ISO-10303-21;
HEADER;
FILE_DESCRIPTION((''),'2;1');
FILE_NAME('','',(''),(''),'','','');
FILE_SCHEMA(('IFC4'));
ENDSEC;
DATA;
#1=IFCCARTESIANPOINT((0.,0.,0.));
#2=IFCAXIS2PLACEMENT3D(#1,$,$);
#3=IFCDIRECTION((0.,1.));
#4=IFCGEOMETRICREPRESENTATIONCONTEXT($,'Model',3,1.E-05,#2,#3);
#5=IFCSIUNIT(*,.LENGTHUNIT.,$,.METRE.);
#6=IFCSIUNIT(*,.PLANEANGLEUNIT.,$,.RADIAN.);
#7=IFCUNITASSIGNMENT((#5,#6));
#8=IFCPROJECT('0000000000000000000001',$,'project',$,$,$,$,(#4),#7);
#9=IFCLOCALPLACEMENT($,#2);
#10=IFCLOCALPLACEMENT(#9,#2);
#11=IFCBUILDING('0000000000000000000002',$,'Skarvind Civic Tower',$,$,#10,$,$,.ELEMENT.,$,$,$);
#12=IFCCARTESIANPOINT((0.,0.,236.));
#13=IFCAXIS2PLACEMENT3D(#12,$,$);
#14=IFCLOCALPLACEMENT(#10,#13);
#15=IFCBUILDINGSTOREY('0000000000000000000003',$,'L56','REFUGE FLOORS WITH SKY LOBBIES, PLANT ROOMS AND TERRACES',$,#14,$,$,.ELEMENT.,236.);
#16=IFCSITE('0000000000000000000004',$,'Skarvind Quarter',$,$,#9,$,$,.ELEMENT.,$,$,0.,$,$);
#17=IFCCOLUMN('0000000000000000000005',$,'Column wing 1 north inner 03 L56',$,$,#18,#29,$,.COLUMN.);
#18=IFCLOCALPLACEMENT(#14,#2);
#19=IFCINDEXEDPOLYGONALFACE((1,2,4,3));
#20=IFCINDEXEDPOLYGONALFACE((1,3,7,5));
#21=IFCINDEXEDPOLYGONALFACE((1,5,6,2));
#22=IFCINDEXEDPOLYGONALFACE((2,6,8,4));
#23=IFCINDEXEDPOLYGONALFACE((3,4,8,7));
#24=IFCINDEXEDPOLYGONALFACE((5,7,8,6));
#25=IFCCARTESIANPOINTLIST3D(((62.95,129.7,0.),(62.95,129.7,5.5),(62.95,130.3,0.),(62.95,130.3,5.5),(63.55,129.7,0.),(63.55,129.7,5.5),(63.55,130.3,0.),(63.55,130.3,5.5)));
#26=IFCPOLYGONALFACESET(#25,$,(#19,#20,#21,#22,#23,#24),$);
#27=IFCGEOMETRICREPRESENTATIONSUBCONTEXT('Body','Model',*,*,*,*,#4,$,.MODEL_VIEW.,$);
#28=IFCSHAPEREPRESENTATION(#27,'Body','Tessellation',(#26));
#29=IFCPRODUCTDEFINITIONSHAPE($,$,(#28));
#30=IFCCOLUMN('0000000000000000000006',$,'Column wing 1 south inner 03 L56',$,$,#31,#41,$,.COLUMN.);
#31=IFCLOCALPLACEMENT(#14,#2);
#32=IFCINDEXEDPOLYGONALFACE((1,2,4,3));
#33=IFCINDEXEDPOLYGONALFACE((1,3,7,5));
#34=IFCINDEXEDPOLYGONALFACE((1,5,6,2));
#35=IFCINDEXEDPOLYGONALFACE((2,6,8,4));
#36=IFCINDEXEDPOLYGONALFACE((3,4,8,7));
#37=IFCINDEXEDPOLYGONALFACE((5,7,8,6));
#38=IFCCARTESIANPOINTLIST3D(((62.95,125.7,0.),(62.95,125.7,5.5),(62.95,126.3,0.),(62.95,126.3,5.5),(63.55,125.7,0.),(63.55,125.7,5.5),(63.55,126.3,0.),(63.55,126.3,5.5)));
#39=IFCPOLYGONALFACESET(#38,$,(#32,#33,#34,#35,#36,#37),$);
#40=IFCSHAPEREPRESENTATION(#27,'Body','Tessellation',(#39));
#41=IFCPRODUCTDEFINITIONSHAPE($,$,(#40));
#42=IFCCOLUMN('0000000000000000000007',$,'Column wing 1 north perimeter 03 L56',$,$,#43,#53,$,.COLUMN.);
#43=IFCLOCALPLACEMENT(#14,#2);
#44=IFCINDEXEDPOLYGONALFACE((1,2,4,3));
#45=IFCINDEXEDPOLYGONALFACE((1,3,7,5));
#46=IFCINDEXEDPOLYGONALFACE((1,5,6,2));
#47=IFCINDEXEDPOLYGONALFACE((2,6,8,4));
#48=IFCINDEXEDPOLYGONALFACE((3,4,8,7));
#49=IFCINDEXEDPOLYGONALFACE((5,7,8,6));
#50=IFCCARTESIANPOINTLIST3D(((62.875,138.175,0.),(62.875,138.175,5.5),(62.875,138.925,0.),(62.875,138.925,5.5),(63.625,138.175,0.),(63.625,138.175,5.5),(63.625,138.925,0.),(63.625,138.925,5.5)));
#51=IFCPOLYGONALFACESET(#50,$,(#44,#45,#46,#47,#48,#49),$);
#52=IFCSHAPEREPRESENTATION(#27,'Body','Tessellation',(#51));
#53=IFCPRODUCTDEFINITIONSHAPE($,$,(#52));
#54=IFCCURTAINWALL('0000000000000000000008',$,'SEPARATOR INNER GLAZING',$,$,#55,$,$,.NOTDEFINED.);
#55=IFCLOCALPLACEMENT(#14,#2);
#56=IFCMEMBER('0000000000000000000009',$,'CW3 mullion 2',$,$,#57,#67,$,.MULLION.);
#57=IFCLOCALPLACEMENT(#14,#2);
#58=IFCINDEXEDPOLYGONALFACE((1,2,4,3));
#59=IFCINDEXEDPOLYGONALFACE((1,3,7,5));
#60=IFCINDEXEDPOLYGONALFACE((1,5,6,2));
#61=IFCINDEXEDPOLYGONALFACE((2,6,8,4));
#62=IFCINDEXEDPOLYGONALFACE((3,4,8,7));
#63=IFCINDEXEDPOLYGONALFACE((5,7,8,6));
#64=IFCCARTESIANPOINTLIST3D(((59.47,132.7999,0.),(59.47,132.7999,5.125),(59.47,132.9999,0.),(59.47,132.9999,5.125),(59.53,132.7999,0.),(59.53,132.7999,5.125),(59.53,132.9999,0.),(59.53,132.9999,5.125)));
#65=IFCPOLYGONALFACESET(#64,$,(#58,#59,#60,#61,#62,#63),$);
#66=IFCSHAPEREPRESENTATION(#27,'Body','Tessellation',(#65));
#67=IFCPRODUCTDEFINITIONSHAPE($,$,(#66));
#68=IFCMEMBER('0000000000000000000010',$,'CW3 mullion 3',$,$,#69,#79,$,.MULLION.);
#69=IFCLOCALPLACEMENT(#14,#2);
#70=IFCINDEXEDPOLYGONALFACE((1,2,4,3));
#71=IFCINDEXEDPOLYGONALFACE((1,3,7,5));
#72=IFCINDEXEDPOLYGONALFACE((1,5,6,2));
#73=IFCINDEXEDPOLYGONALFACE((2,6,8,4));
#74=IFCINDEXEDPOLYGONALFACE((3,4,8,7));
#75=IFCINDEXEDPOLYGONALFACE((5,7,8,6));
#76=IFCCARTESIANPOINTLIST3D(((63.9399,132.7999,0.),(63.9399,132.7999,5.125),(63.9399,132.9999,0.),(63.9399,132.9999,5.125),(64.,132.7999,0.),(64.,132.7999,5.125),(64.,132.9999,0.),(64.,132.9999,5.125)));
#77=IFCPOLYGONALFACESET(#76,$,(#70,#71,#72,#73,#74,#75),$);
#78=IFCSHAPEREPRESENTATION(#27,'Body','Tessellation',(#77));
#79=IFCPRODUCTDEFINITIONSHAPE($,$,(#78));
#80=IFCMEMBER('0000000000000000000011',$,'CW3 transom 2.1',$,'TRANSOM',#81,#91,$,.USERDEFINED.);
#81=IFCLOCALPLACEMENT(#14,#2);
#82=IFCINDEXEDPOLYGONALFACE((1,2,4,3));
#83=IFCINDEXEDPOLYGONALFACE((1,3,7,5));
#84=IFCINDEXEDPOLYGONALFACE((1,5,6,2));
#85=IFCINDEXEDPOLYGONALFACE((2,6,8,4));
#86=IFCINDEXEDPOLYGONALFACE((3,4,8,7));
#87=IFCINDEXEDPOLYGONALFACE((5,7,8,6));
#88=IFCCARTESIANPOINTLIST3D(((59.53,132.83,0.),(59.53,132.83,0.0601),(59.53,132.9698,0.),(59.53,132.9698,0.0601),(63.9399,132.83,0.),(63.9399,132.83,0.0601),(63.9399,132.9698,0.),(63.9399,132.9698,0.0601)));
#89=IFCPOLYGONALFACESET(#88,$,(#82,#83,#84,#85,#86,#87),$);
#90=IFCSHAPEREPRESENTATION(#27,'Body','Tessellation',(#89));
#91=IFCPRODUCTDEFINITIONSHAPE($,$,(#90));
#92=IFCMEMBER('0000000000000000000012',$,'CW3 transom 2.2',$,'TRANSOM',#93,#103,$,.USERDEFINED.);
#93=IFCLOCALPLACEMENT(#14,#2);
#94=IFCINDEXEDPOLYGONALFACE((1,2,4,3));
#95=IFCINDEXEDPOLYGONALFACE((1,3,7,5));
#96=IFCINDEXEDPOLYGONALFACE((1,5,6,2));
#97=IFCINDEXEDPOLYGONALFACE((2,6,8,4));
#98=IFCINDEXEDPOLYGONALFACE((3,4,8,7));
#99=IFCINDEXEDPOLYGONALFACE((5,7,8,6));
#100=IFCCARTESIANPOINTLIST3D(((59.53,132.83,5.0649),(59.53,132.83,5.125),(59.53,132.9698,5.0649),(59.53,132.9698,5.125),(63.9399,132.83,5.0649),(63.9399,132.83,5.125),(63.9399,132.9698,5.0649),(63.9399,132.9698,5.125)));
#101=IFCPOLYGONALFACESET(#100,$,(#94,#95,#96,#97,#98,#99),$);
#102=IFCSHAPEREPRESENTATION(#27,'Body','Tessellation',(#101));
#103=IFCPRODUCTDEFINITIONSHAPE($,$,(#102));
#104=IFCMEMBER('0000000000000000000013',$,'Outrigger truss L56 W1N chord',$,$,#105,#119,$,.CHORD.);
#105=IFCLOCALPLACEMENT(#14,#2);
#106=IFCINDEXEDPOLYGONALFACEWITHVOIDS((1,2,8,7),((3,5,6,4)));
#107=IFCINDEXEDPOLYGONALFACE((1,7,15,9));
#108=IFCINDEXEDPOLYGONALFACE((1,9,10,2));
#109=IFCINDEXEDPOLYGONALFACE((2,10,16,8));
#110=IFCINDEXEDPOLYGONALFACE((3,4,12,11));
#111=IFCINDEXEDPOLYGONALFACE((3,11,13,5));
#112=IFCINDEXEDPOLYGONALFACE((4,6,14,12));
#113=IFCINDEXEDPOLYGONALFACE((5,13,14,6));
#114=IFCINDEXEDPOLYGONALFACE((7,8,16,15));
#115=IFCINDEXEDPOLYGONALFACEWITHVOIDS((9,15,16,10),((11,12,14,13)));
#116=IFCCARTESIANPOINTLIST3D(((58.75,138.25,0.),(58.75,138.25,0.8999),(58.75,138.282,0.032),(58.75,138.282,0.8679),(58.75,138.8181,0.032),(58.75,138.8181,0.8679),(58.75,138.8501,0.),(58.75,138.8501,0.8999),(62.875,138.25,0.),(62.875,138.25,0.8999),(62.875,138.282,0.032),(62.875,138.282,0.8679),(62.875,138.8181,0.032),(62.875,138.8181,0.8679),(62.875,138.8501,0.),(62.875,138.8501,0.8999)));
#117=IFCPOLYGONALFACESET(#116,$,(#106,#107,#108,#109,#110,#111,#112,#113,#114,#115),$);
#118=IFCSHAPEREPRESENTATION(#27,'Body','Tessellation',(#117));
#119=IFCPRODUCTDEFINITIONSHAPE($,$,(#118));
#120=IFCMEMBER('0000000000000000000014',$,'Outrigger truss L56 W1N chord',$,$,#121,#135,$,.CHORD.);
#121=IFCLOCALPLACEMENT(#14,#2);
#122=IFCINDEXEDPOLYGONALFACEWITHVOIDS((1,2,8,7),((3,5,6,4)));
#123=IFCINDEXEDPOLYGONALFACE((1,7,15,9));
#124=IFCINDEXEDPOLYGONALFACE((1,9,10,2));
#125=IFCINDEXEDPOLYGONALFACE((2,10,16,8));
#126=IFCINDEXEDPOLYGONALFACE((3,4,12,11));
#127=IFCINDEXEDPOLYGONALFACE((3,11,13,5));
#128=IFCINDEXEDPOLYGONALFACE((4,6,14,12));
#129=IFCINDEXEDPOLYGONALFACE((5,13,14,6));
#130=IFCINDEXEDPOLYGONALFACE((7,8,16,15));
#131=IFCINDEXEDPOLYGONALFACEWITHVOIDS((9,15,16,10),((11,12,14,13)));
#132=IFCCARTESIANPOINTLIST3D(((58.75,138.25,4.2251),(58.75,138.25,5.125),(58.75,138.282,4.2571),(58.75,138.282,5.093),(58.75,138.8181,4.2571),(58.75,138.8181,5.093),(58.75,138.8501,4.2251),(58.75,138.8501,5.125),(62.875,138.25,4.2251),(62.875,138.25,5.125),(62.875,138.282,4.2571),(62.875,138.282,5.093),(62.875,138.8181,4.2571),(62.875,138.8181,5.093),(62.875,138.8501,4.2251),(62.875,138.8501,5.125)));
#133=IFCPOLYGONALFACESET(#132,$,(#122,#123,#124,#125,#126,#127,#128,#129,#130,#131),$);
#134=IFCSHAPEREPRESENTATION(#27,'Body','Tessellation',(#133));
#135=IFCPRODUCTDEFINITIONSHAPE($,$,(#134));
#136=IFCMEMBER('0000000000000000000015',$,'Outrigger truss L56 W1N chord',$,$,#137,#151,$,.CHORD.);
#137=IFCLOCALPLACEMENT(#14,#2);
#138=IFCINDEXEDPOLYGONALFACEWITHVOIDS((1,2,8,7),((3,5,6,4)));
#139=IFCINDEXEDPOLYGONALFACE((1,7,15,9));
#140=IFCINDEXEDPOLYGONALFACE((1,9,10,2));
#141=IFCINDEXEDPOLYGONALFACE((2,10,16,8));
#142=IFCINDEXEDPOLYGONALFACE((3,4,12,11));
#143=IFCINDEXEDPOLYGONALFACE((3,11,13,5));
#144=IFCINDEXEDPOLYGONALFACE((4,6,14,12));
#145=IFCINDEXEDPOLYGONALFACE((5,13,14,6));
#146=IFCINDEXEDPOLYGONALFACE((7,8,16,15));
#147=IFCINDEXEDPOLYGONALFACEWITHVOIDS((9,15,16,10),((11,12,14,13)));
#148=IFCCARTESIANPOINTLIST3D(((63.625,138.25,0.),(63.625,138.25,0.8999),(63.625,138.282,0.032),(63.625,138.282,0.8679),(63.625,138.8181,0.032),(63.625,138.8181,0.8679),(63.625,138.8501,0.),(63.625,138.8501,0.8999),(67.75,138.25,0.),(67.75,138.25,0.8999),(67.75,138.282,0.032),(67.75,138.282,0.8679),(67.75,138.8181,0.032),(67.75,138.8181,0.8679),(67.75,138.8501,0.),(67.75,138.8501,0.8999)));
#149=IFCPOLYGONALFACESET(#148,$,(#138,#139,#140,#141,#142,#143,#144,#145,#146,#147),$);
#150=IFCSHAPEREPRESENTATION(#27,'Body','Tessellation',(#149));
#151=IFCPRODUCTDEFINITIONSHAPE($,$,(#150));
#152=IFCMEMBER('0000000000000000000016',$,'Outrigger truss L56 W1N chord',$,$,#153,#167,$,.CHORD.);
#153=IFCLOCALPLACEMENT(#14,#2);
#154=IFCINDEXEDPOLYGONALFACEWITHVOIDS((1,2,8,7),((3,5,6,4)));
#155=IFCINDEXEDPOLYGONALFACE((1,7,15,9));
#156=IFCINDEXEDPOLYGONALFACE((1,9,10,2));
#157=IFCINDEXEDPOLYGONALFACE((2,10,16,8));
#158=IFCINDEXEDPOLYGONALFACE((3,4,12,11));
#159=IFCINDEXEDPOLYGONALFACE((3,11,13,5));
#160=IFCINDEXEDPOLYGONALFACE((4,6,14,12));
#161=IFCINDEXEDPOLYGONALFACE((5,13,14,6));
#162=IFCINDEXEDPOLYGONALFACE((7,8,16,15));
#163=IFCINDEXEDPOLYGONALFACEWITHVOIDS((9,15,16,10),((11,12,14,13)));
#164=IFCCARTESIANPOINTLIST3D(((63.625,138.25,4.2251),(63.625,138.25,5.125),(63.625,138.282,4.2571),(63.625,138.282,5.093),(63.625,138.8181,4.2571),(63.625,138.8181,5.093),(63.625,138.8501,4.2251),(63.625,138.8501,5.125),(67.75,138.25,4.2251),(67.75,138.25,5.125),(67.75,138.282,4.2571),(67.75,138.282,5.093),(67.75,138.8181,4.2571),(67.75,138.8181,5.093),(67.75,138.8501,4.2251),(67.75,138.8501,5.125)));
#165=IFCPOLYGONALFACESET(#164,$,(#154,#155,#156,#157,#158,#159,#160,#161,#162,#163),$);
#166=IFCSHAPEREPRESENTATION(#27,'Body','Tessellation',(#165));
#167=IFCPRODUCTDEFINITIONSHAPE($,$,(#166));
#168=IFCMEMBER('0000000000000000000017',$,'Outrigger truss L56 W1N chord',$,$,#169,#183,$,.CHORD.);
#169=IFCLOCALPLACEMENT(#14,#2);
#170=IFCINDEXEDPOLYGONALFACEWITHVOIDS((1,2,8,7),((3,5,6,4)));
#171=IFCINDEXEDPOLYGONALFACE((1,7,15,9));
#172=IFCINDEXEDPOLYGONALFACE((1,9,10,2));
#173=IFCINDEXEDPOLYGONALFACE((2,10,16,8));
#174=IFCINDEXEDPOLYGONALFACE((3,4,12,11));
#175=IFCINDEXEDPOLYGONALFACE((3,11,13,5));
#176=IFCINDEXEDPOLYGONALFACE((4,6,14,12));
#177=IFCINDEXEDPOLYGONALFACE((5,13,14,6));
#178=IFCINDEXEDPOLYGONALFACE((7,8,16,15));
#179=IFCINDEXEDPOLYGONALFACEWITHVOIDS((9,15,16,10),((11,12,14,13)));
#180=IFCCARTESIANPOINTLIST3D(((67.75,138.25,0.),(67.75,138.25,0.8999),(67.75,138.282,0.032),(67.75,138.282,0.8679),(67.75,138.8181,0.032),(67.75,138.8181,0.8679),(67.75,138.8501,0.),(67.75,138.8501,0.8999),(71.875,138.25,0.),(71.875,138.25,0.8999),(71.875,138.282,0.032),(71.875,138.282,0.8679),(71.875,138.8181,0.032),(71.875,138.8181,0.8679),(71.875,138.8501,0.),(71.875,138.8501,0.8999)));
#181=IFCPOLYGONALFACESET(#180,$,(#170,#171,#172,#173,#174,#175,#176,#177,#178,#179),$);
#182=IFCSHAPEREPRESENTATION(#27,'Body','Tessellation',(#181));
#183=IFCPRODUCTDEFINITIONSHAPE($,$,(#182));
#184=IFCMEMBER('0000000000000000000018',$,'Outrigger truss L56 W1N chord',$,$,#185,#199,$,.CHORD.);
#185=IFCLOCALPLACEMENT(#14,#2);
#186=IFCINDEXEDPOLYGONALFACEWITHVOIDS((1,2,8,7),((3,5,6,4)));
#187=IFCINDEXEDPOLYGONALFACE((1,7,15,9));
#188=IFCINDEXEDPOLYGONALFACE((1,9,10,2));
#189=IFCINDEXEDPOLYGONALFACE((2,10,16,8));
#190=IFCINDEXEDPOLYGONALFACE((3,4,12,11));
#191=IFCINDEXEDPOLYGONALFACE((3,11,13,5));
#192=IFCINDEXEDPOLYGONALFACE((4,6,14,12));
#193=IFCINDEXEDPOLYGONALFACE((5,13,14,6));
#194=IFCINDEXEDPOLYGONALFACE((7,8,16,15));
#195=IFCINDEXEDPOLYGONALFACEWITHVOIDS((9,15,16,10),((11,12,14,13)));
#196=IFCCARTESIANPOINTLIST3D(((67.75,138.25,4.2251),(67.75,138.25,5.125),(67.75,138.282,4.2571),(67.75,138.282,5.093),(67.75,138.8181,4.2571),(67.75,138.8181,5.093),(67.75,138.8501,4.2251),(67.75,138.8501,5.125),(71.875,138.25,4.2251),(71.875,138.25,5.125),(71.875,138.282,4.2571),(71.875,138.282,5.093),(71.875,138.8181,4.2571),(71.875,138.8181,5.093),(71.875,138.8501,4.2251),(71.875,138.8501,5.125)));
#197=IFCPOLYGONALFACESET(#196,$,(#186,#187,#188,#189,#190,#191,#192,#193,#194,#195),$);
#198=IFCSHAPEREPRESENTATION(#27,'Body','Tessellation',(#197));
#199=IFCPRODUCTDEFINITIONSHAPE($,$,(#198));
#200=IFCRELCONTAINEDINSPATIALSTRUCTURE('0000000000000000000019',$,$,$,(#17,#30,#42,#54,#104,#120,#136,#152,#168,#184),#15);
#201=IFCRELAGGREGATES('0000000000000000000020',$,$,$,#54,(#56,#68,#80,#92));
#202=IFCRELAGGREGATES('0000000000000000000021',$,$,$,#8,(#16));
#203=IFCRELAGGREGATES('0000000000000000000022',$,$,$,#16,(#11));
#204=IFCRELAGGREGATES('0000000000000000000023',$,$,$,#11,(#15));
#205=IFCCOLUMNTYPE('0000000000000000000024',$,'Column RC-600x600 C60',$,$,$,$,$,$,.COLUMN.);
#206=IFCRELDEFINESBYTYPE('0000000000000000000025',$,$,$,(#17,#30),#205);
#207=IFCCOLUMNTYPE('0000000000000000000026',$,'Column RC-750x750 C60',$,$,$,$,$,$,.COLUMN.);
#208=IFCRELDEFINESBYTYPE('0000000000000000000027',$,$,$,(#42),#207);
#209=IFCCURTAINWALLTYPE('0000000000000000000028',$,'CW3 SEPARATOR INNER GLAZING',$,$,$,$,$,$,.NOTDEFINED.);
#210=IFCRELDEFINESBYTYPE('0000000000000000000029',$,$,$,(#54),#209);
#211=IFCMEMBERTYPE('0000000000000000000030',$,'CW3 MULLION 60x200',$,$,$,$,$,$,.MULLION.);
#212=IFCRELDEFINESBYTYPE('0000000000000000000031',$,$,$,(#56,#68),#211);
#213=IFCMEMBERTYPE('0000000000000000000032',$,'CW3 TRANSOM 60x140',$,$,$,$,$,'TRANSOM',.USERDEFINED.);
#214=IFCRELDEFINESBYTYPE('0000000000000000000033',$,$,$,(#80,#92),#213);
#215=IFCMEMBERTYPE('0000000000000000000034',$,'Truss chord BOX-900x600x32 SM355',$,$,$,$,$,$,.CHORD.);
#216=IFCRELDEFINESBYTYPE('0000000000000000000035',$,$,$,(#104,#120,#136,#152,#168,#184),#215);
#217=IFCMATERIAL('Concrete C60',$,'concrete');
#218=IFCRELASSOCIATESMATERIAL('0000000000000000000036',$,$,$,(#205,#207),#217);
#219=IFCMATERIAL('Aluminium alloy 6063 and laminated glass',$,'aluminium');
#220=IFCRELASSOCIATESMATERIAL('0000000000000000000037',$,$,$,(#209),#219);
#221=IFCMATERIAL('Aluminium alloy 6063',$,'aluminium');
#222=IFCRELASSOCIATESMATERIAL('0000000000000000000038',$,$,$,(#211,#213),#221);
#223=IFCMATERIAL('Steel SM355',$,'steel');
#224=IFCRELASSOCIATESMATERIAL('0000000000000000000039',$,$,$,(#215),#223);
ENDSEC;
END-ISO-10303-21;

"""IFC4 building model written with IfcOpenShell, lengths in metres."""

from ifc_helpers import new_model, si_unit, direction, frame, origin, origin_2d, place, context, subcontext, project, spatial, rectangle, hollow_rectangle, extrude, material, material_profile, profile_set, type_object, element, aggregate, save


model = new_model("IFC4")

# Units and contexts
model_context = context("Model", 3, precision=1e-05, world=origin(), true_north=direction((0.0, 1.0)))
body_context = subcontext(model_context, "Body", "Model", "MODEL_VIEW")
ifc_project = project(units=[si_unit("LENGTHUNIT", "METRE"), si_unit("PLANEANGLEUNIT", "RADIAN")], contexts=[model_context])

# Site, building, storey
site_placement = place(None, origin())
site = spatial("IfcSite", under=ifc_project, at=site_placement, Name="Skarvind Quarter", CompositionType="ELEMENT", RefElevation=0.0)
building_placement = place(site_placement, origin())
building = spatial("IfcBuilding", under=site, at=building_placement, Name="Skarvind Civic Tower", CompositionType="ELEMENT")
storey_placement = place(building_placement, frame((0.0, 0.0, 236.0)))
storey = spatial("IfcBuildingStorey", under=building, at=storey_placement, Name="L56", Description="REFUGE FLOORS WITH SKY LOBBIES, PLANT ROOMS AND TERRACES", CompositionType="ELEMENT", Elevation=236.0)

# Columns
ifc_material_1 = material(Name="Concrete C60", Category="concrete")
ifc_material_profile_1 = material_profile(ifc_material_1, rectangle(XDim=0.6001, YDim=0.6001, at=origin_2d()), Name="RC-600x600")
ifc_profile_set_1 = profile_set([ifc_material_profile_1], Name="Concrete C60")
column_type_1 = type_object("IfcColumnType", Name="Column RC-600x600 C60", PredefinedType="COLUMN", material=ifc_profile_set_1)
for number, where, z_axis, x_axis, name in (
    (1, (63.25, 130.0, 0.0), (0.0, 0.0, 1.0), (1.0, 0.0, 0.0), "Column wing 1 north inner 03 L56"),
    (2, (63.25, 126.0, 0.0), (0.0, 0.0, 1.0), (1.0, 0.0, 0.0), "Column wing 1 south inner 03 L56"),
):
    element("IfcColumn", number, at=place(storey_placement, frame(where, z_axis=z_axis, x_axis=x_axis)), inside=storey, type_object=column_type_1, Name=name, PredefinedType="COLUMN", context=body_context, shape_type="SweptSolid", body=[
        extrude(rectangle(XDim=0.6001, YDim=0.6001, at=origin_2d()), origin(), (0.0, 0.0, 1.0), 5.5),
    ])
ifc_material_profile_2 = material_profile(ifc_material_1, rectangle(XDim=0.75, YDim=0.75, at=origin_2d()), Name="RC-750x750")
ifc_profile_set_2 = profile_set([ifc_material_profile_2], Name="Concrete C60")
column_type_2 = type_object("IfcColumnType", Name="Column RC-750x750 C60", PredefinedType="COLUMN", material=ifc_profile_set_2)
column_placement = place(storey_placement, frame((63.25, 138.55, 0.0), z_axis=(0.0, 0.0, 1.0), x_axis=(1.0, 0.0, 0.0)))
element("IfcColumn", 3, at=column_placement, inside=storey, type_object=column_type_2, Name="Column wing 1 north perimeter 03 L56", PredefinedType="COLUMN", context=body_context, shape_type="SweptSolid", body=[
    extrude(rectangle(XDim=0.75, YDim=0.75, at=origin_2d()), origin(), (0.0, 0.0, 1.0), 5.5),
])

# Curtain wall, members
ifc_material_2 = material(Name="Aluminium alloy 6063 and laminated glass", Category="aluminium")
curtain_wall_type = type_object("IfcCurtainWallType", Name="CW3 SEPARATOR INNER GLAZING", PredefinedType="NOTDEFINED", material=ifc_material_2)
curtain_wall_placement = place(storey_placement, origin())
curtain_wall = element("IfcCurtainWall", 4, at=curtain_wall_placement, inside=storey, type_object=curtain_wall_type, Name="SEPARATOR INNER GLAZING", PredefinedType="NOTDEFINED")
ifc_material_3 = material(Name="Aluminium alloy 6063", Category="aluminium")
ifc_material_profile_3 = material_profile(ifc_material_3, rectangle(XDim=0.2, YDim=0.0601, at=origin_2d()), Name="AL 60x200")
ifc_profile_set_3 = profile_set([ifc_material_profile_3], Name="Aluminium alloy 6063")
member_type_1 = type_object("IfcMemberType", Name="CW3 MULLION 60x200", PredefinedType="MULLION", material=ifc_profile_set_3)
member_1_placement = place(storey_placement, frame((59.5, 132.8999, 0.0), z_axis=(0.0, 0.0, 1.0), x_axis=(0.0, 1.0, 0.0)))
member_1 = element("IfcMember", 5, at=member_1_placement, type_object=member_type_1, Name="CW3 mullion 2", PredefinedType="MULLION", context=body_context, shape_type="SweptSolid", body=[
    extrude(rectangle(XDim=0.2, YDim=0.0601, at=origin_2d()), origin(), (0.0, 0.0, 1.0), 5.125),
])
member_2_placement = place(storey_placement, frame((63.97, 132.8999, 0.0), z_axis=(0.0, 0.0, 1.0), x_axis=(0.0, 1.0, 0.0)))
member_2 = element("IfcMember", 6, at=member_2_placement, type_object=member_type_1, Name="CW3 mullion 3", PredefinedType="MULLION", context=body_context, shape_type="SweptSolid", body=[
    extrude(rectangle(XDim=0.2, YDim=0.0601, at=origin_2d()), origin(), (0.0, 0.0, 1.0), 5.125),
])
ifc_material_profile_4 = material_profile(ifc_material_3, rectangle(XDim=0.1399, YDim=0.0601, at=origin_2d()), Name="AL 60x140")
ifc_profile_set_4 = profile_set([ifc_material_profile_4], Name="Aluminium alloy 6063")
member_type_2 = type_object("IfcMemberType", Name="CW3 TRANSOM 60x140", ElementType="TRANSOM", PredefinedType="USERDEFINED", material=ifc_profile_set_4)
member_3_placement = place(storey_placement, frame((59.53, 132.8999, 0.03), z_axis=(1.0, 0.0, 0.0), x_axis=(0.0, 1.0, 0.0)))
member_3 = element("IfcMember", 7, at=member_3_placement, type_object=member_type_2, Name="CW3 transom 2.1", ObjectType="TRANSOM", PredefinedType="USERDEFINED", context=body_context, shape_type="SweptSolid", body=[
    extrude(rectangle(XDim=0.1399, YDim=0.0601, at=origin_2d()), origin(), (0.0, 0.0, 1.0), 4.4099),
])
member_4_placement = place(storey_placement, frame((59.53, 132.8999, 5.095), z_axis=(1.0, 0.0, 0.0), x_axis=(0.0, 1.0, 0.0)))
member_4 = element("IfcMember", 8, at=member_4_placement, type_object=member_type_2, Name="CW3 transom 2.2", ObjectType="TRANSOM", PredefinedType="USERDEFINED", context=body_context, shape_type="SweptSolid", body=[
    extrude(rectangle(XDim=0.1399, YDim=0.0601, at=origin_2d()), origin(), (0.0, 0.0, 1.0), 4.4099),
])

# Members
ifc_material_4 = material(Name="Steel SM355", Category="steel")
ifc_material_profile_5 = material_profile(ifc_material_4, hollow_rectangle(XDim=0.6001, YDim=0.8999, WallThickness=0.032, at=origin_2d()), Name="BOX-900x600x32")
ifc_profile_set_5 = profile_set([ifc_material_profile_5], Name="Steel SM355")
member_type_3 = type_object("IfcMemberType", Name="Truss chord BOX-900x600x32 SM355", PredefinedType="CHORD", material=ifc_profile_set_5)
for number, where, z_axis, x_axis, name in (
    (9, (58.75, 138.55, 0.45), (1.0, 0.0, 0.0), (0.0, 1.0, 0.0), "Outrigger truss L56 W1N chord"),
    (10, (58.75, 138.55, 4.675), (1.0, 0.0, 0.0), (0.0, 1.0, 0.0), "Outrigger truss L56 W1N chord"),
    (11, (63.625, 138.55, 0.45), (1.0, 0.0, 0.0), (0.0, 1.0, 0.0), "Outrigger truss L56 W1N chord"),
    (12, (63.625, 138.55, 4.675), (1.0, 0.0, 0.0), (0.0, 1.0, 0.0), "Outrigger truss L56 W1N chord"),
    (13, (67.75, 138.55, 0.45), (1.0, 0.0, 0.0), (0.0, 1.0, 0.0), "Outrigger truss L56 W1N chord"),
    (14, (67.75, 138.55, 4.675), (1.0, 0.0, 0.0), (0.0, 1.0, 0.0), "Outrigger truss L56 W1N chord"),
):
    element("IfcMember", number, at=place(storey_placement, frame(where, z_axis=z_axis, x_axis=x_axis)), inside=storey, type_object=member_type_3, Name=name, PredefinedType="CHORD", context=body_context, shape_type="SweptSolid", body=[
        extrude(hollow_rectangle(XDim=0.6001, YDim=0.8999, WallThickness=0.032, at=origin_2d()), origin(), (0.0, 0.0, 1.0), 4.125),
    ])

aggregate(curtain_wall, [member_1, member_2, member_3, member_4])

save(model, "model.ifc")
